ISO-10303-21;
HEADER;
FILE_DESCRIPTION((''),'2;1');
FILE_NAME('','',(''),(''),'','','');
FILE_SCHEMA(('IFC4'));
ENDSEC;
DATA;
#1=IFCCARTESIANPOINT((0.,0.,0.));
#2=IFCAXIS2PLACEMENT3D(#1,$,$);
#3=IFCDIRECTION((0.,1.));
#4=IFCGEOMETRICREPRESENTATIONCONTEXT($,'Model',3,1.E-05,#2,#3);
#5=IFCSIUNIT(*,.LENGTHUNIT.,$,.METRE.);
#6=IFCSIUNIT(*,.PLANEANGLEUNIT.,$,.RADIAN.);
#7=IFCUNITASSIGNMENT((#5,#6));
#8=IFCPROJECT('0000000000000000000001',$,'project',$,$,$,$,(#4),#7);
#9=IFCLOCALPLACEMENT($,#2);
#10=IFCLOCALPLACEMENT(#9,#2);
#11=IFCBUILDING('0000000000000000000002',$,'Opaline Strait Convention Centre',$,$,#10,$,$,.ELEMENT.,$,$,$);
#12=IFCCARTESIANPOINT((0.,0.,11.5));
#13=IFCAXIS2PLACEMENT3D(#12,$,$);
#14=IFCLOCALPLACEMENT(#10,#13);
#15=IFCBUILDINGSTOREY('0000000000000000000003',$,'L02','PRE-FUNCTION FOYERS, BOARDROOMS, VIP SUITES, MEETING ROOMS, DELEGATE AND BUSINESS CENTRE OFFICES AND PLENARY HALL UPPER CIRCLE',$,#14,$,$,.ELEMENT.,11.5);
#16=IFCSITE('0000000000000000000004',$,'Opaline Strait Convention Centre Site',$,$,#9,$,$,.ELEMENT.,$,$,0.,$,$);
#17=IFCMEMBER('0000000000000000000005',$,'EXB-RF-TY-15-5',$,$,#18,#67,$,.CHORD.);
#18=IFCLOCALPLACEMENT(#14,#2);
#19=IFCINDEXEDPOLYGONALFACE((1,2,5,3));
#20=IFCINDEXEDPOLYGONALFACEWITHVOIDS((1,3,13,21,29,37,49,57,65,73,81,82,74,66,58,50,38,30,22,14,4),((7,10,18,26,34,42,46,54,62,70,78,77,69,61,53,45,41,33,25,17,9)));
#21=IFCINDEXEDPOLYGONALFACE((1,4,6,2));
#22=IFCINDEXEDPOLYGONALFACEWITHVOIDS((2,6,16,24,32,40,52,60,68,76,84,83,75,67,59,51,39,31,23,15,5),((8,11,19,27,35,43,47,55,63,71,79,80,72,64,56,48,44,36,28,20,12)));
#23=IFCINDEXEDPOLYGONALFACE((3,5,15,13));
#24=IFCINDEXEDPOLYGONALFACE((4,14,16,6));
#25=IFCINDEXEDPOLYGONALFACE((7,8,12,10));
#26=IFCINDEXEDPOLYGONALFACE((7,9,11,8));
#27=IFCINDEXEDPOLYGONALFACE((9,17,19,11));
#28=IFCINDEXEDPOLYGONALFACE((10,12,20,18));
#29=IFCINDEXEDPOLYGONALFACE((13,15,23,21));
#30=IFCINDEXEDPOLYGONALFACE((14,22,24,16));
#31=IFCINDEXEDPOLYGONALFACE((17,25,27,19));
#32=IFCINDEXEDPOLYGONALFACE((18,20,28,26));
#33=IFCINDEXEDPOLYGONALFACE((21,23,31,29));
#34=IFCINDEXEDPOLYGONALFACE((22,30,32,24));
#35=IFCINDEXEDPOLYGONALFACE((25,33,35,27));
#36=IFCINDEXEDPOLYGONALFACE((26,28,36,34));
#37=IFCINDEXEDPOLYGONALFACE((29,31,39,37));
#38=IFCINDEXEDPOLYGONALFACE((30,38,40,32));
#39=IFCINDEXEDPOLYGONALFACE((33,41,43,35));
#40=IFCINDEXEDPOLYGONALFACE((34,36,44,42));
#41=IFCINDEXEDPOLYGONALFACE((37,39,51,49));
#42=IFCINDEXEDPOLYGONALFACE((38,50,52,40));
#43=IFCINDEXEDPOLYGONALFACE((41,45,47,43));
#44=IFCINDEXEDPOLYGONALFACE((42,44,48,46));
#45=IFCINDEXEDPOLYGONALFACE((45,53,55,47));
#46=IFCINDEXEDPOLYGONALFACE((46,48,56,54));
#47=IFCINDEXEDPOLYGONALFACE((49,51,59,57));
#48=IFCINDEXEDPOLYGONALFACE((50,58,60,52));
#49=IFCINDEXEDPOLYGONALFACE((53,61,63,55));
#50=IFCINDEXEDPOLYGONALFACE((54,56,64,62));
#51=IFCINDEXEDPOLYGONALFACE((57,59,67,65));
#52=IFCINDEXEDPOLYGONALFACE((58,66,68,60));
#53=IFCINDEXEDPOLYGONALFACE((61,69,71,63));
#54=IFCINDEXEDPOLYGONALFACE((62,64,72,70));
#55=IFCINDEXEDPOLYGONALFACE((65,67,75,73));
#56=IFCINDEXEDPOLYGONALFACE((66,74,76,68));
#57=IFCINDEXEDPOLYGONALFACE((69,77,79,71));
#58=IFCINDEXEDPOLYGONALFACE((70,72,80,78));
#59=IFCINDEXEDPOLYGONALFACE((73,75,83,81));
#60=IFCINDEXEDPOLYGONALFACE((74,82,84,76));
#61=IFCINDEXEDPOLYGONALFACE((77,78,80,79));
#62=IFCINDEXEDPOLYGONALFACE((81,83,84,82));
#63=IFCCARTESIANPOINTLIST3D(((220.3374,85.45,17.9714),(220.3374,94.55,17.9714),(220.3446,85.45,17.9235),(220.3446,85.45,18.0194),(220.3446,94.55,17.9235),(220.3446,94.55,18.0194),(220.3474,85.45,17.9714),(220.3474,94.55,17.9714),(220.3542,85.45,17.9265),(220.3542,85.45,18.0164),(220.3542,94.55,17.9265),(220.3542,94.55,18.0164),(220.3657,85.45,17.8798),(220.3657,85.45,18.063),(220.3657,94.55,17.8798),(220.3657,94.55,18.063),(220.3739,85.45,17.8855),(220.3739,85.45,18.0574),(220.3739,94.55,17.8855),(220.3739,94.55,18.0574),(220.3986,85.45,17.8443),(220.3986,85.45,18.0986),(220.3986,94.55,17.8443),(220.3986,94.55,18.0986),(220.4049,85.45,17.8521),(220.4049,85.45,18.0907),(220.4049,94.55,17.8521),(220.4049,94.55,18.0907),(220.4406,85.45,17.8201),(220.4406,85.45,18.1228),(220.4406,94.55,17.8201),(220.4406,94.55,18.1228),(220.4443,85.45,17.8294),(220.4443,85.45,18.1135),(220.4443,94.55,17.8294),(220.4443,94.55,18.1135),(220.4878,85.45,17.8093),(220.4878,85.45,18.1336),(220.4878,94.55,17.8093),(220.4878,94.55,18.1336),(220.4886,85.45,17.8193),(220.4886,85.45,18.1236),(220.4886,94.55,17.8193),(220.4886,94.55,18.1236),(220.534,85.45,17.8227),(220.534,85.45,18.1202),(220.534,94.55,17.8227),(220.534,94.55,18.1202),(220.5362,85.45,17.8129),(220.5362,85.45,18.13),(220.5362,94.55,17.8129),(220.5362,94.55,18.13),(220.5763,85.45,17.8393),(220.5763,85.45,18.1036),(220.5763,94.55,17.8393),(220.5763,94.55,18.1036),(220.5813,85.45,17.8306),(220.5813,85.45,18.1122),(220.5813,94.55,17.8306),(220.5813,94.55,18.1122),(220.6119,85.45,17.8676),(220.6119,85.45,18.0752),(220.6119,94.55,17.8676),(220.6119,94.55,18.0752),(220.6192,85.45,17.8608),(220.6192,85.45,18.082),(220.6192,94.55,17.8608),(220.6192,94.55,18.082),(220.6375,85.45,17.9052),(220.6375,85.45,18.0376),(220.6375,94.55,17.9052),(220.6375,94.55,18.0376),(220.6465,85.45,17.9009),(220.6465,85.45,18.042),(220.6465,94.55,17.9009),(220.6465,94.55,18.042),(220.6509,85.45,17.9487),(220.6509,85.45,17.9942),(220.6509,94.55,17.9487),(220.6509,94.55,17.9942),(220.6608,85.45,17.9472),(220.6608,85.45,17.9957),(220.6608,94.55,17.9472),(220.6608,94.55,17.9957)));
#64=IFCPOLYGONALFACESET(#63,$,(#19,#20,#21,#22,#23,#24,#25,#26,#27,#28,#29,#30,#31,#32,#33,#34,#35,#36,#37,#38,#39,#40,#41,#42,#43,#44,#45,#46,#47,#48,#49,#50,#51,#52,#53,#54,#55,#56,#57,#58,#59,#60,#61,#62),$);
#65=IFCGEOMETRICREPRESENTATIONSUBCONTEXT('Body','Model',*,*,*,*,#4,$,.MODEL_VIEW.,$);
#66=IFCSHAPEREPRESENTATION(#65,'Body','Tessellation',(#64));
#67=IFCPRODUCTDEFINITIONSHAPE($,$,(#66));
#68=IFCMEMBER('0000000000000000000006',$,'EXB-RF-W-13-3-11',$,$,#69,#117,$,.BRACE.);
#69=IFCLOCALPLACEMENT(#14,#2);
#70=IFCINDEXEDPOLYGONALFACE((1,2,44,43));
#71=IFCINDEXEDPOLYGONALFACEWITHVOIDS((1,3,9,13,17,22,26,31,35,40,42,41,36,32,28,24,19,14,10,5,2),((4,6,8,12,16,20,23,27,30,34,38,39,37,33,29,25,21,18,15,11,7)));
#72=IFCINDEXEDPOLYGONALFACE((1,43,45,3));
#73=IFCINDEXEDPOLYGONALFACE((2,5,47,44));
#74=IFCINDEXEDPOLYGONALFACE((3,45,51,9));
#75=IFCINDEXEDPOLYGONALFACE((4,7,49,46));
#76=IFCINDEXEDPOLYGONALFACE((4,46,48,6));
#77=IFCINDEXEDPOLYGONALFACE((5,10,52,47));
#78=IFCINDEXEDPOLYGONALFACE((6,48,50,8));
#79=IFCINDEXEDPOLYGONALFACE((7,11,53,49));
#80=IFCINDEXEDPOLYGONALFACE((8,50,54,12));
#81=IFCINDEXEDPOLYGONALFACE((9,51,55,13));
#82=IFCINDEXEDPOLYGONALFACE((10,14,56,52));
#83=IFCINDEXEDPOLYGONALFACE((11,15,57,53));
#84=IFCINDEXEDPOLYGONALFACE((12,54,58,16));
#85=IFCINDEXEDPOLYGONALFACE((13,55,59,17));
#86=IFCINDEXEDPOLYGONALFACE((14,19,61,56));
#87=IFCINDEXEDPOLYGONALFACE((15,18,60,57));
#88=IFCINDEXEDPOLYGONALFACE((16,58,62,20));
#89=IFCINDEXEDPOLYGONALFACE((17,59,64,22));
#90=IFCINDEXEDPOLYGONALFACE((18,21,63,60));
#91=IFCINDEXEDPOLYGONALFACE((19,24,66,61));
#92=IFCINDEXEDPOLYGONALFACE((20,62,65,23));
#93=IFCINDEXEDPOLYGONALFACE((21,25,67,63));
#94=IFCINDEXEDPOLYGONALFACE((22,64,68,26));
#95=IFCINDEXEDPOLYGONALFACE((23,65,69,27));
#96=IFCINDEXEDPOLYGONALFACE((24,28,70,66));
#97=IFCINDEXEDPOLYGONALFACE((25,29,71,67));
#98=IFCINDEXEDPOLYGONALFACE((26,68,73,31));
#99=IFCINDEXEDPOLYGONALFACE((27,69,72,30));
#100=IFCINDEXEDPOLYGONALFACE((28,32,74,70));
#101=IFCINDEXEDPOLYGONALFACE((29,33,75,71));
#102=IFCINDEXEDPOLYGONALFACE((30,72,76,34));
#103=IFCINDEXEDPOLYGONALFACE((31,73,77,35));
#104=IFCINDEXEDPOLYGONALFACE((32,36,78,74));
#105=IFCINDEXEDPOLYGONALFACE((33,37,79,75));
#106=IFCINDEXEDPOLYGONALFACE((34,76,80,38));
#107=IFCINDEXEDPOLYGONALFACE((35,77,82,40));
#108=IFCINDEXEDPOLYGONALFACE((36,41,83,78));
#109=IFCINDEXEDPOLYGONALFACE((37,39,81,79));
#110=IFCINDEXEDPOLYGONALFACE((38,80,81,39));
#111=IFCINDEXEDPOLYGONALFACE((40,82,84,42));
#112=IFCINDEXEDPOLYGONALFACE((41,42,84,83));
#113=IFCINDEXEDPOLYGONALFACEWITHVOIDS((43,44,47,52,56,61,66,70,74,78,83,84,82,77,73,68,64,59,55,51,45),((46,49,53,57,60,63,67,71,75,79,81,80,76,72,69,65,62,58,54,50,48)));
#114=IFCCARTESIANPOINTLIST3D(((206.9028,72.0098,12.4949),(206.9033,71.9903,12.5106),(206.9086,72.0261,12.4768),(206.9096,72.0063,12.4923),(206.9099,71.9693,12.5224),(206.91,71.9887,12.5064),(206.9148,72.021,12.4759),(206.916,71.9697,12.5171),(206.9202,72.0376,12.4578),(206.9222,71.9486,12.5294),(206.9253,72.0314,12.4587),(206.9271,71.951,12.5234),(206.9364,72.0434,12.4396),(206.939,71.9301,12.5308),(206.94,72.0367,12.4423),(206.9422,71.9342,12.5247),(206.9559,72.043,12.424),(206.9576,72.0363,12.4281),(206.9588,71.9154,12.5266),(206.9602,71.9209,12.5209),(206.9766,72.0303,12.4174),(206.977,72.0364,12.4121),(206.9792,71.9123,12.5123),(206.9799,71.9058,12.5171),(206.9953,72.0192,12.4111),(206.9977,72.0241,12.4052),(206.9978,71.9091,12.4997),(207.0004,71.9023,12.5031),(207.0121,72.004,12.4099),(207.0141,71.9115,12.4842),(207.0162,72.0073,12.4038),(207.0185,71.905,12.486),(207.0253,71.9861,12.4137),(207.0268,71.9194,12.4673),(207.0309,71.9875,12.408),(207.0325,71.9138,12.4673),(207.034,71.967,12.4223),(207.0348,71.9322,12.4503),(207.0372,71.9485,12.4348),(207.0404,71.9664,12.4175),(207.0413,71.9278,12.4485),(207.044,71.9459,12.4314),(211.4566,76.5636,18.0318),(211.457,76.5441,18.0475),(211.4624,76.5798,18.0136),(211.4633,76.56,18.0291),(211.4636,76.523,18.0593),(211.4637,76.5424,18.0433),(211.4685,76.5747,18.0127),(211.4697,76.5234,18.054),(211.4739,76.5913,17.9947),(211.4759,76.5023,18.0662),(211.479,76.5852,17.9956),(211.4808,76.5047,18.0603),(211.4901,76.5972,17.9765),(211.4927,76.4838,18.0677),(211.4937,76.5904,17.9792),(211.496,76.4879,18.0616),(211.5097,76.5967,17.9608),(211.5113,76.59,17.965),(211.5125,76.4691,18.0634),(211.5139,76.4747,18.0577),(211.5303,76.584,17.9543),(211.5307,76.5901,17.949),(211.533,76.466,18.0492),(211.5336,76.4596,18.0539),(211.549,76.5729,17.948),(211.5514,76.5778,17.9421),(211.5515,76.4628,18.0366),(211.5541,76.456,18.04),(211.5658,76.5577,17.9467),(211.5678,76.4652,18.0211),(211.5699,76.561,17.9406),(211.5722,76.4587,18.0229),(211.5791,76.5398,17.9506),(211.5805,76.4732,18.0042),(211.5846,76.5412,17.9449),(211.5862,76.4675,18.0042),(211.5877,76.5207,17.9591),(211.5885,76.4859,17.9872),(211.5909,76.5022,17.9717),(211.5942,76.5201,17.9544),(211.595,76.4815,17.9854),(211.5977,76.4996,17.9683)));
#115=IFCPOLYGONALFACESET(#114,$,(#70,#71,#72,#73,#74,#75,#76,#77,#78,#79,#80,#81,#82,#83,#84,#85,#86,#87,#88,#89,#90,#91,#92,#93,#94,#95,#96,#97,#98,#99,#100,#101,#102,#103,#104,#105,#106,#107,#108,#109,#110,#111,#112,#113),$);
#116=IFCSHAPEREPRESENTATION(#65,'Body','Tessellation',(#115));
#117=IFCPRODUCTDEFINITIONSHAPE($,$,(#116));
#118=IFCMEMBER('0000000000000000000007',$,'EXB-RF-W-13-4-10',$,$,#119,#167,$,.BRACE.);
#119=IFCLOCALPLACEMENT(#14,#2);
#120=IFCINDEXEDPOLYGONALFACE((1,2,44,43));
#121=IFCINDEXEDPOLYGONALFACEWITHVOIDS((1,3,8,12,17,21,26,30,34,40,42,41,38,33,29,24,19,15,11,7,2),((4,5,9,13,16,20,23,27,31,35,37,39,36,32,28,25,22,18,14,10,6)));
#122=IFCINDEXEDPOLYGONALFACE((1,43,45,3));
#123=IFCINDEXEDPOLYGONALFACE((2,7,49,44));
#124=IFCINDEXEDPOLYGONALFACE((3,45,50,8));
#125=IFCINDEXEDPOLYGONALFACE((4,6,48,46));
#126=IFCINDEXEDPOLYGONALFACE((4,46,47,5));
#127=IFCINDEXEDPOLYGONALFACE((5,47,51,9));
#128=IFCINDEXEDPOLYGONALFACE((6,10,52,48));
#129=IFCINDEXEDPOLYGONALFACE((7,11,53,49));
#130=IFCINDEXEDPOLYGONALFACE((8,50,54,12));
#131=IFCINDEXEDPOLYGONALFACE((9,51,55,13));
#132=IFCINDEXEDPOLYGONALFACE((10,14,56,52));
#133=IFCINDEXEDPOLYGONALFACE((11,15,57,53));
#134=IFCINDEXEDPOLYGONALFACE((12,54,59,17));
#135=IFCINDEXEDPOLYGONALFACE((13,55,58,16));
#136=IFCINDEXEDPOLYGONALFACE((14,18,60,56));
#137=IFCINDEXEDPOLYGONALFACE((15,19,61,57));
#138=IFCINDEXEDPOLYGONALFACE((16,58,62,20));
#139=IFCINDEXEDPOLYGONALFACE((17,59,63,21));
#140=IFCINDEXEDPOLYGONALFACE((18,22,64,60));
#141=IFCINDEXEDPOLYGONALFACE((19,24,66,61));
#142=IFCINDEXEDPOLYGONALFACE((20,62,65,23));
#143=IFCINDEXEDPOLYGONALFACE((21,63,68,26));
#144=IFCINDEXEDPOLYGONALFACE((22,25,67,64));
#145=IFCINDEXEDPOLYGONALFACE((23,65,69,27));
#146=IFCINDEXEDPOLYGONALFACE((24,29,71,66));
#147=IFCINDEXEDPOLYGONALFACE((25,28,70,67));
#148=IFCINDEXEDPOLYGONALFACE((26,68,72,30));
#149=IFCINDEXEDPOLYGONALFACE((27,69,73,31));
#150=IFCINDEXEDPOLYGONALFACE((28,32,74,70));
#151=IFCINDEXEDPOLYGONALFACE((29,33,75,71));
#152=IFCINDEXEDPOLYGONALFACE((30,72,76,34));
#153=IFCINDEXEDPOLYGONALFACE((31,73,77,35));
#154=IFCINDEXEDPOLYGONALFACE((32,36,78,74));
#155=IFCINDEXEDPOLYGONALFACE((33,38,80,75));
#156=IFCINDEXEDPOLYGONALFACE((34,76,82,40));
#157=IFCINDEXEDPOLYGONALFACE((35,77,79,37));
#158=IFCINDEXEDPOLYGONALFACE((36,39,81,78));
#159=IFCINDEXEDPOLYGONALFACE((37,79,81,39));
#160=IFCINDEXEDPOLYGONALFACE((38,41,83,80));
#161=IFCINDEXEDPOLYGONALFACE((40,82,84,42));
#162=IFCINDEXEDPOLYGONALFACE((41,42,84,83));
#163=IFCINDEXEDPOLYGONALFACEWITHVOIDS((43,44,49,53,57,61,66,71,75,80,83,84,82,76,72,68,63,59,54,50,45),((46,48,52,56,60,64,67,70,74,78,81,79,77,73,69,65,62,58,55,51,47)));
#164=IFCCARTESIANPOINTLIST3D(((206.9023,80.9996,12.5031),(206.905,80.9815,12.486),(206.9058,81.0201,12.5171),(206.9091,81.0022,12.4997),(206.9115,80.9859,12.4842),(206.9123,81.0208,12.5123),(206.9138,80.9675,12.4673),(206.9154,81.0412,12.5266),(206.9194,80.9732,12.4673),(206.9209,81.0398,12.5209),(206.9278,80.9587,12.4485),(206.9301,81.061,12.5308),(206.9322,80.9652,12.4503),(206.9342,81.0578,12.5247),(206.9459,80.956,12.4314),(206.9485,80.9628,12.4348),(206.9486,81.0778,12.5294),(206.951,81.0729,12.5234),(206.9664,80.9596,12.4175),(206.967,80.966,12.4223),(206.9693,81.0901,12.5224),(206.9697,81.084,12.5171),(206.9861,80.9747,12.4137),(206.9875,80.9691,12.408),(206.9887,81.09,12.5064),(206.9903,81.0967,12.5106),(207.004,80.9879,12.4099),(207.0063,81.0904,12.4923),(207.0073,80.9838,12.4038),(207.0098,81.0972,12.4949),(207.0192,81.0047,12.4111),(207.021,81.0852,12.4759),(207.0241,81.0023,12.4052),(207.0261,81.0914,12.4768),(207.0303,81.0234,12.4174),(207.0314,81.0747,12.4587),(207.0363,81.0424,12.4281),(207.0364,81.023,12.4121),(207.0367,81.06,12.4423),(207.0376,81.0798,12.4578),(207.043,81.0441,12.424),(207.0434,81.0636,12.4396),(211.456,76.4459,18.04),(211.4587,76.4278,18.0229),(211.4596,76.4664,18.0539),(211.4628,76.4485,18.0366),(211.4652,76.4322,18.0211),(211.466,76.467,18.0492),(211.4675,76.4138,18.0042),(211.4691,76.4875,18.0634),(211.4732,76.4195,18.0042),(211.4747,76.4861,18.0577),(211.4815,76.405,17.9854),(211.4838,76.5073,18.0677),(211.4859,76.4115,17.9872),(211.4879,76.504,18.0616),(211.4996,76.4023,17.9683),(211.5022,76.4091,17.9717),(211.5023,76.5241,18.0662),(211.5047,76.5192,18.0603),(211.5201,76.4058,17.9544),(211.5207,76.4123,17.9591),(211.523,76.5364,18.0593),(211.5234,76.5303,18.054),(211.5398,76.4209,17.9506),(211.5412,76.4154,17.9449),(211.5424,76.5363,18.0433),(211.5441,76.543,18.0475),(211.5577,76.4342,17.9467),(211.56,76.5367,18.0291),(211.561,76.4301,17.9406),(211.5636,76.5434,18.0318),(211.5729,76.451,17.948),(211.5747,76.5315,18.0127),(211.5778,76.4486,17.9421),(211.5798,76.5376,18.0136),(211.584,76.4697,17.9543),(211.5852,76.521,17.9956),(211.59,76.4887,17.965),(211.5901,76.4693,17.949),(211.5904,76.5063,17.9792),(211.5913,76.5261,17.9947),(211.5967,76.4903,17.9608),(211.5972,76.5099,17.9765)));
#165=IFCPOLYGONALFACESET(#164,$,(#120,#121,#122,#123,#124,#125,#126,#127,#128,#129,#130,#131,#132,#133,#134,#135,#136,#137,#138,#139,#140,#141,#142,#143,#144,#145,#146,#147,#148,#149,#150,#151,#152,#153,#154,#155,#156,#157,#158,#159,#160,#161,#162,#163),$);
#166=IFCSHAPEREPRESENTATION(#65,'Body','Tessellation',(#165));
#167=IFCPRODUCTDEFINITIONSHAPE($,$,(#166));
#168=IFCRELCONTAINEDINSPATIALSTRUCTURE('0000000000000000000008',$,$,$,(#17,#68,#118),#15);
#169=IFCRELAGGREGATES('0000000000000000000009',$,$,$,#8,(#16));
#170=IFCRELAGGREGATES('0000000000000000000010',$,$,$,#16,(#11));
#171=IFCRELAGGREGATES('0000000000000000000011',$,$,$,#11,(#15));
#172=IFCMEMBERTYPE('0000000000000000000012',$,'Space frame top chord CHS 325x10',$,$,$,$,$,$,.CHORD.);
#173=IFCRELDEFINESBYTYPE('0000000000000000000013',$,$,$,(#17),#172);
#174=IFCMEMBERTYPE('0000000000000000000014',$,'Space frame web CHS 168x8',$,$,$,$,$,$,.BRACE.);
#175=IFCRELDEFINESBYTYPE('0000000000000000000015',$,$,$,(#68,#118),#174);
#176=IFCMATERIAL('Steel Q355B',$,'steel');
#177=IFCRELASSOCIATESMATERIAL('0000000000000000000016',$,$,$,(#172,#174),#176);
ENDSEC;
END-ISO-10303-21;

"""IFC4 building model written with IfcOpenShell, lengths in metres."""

from ifc_helpers import new_model, si_unit, direction, frame, origin, origin_2d, place, context, subcontext, project, spatial, hollow_circle, extrude, material, material_profile, profile_set, type_object, element, save


model = new_model("IFC4")

# Units and contexts
model_context = context("Model", 3, precision=1e-05, world=origin(), true_north=direction((0.0, 1.0)))
body_context = subcontext(model_context, "Body", "Model", "MODEL_VIEW")
ifc_project = project(units=[si_unit("LENGTHUNIT", "METRE"), si_unit("PLANEANGLEUNIT", "RADIAN")], contexts=[model_context])

# Site, building, storey
site_placement = place(None, origin())
site = spatial("IfcSite", under=ifc_project, at=site_placement, Name="Opaline Strait Convention Centre Site", CompositionType="ELEMENT", RefElevation=0.0)
building_placement = place(site_placement, origin())
building = spatial("IfcBuilding", under=site, at=building_placement, Name="Opaline Strait Convention Centre", CompositionType="ELEMENT")
storey_placement = place(building_placement, frame((0.0, 0.0, 11.5)))
storey = spatial("IfcBuildingStorey", under=building, at=storey_placement, Name="L02", Description="PRE-FUNCTION FOYERS, BOARDROOMS, VIP SUITES, MEETING ROOMS, DELEGATE AND BUSINESS CENTRE OFFICES AND PLENARY HALL UPPER CIRCLE", CompositionType="ELEMENT", Elevation=11.5)

# Members
ifc_material_1 = material(Name="Steel Q355B", Category="steel")
ifc_material_profile_1 = material_profile(ifc_material_1, hollow_circle(Radius=0.1626, WallThickness=0.01, at=origin_2d()), Name="CHS 325x10")
ifc_profile_set_1 = profile_set([ifc_material_profile_1], Name="Steel Q355B")
member_type_1 = type_object("IfcMemberType", Name="Space frame top chord CHS 325x10", PredefinedType="CHORD", material=ifc_profile_set_1)
for number, where, z_axis, x_axis, name in (
    (1, (220.5, 85.45, 17.9714), (0.0, 1.0, 0.0), (-1.0, 0.0, 0.0), "EXB-RF-TY-15-5"),
):
    element("IfcMember", number, at=place(storey_placement, frame(where, z_axis=z_axis, x_axis=x_axis)), inside=storey, type_object=member_type_1, Name=name, PredefinedType="CHORD", context=body_context, shape_type="SweptSolid", body=[
        extrude(hollow_circle(Radius=0.1626, WallThickness=0.01, at=origin_2d()), origin(), (0.0, 0.0, 1.0), 9.1001),
    ])
ifc_material_profile_2 = material_profile(ifc_material_1, hollow_circle(Radius=0.084, WallThickness=0.0081, at=origin_2d()), Name="CHS 168x8")
ifc_profile_set_2 = profile_set([ifc_material_profile_2], Name="Steel Q355B")
member_type_2 = type_object("IfcMemberType", Name="Space frame web CHS 168x8", PredefinedType="BRACE", material=ifc_profile_set_2)
for number, where, z_axis, x_axis, name in (
    (2, (211.5269, 76.5269, 18.0042), (-0.536178, -0.536178, -0.65194), (0.707107, -0.707107, 0.0), "EXB-RF-W-13-3-11"),
    (3, (211.5269, 76.4731, 18.0042), (-0.536178, 0.536178, -0.65194), (-0.707107, -0.707107, 0.0), "EXB-RF-W-13-4-10"),
):
    element("IfcMember", number, at=place(storey_placement, frame(where, z_axis=z_axis, x_axis=x_axis)), inside=storey, type_object=member_type_2, Name=name, PredefinedType="BRACE", context=body_context, shape_type="SweptSolid", body=[
        extrude(hollow_circle(Radius=0.084, WallThickness=0.0081, at=origin_2d()), origin(), (0.0, 0.0, 1.0), 8.4929),
    ])

save(model, "model.ifc")
